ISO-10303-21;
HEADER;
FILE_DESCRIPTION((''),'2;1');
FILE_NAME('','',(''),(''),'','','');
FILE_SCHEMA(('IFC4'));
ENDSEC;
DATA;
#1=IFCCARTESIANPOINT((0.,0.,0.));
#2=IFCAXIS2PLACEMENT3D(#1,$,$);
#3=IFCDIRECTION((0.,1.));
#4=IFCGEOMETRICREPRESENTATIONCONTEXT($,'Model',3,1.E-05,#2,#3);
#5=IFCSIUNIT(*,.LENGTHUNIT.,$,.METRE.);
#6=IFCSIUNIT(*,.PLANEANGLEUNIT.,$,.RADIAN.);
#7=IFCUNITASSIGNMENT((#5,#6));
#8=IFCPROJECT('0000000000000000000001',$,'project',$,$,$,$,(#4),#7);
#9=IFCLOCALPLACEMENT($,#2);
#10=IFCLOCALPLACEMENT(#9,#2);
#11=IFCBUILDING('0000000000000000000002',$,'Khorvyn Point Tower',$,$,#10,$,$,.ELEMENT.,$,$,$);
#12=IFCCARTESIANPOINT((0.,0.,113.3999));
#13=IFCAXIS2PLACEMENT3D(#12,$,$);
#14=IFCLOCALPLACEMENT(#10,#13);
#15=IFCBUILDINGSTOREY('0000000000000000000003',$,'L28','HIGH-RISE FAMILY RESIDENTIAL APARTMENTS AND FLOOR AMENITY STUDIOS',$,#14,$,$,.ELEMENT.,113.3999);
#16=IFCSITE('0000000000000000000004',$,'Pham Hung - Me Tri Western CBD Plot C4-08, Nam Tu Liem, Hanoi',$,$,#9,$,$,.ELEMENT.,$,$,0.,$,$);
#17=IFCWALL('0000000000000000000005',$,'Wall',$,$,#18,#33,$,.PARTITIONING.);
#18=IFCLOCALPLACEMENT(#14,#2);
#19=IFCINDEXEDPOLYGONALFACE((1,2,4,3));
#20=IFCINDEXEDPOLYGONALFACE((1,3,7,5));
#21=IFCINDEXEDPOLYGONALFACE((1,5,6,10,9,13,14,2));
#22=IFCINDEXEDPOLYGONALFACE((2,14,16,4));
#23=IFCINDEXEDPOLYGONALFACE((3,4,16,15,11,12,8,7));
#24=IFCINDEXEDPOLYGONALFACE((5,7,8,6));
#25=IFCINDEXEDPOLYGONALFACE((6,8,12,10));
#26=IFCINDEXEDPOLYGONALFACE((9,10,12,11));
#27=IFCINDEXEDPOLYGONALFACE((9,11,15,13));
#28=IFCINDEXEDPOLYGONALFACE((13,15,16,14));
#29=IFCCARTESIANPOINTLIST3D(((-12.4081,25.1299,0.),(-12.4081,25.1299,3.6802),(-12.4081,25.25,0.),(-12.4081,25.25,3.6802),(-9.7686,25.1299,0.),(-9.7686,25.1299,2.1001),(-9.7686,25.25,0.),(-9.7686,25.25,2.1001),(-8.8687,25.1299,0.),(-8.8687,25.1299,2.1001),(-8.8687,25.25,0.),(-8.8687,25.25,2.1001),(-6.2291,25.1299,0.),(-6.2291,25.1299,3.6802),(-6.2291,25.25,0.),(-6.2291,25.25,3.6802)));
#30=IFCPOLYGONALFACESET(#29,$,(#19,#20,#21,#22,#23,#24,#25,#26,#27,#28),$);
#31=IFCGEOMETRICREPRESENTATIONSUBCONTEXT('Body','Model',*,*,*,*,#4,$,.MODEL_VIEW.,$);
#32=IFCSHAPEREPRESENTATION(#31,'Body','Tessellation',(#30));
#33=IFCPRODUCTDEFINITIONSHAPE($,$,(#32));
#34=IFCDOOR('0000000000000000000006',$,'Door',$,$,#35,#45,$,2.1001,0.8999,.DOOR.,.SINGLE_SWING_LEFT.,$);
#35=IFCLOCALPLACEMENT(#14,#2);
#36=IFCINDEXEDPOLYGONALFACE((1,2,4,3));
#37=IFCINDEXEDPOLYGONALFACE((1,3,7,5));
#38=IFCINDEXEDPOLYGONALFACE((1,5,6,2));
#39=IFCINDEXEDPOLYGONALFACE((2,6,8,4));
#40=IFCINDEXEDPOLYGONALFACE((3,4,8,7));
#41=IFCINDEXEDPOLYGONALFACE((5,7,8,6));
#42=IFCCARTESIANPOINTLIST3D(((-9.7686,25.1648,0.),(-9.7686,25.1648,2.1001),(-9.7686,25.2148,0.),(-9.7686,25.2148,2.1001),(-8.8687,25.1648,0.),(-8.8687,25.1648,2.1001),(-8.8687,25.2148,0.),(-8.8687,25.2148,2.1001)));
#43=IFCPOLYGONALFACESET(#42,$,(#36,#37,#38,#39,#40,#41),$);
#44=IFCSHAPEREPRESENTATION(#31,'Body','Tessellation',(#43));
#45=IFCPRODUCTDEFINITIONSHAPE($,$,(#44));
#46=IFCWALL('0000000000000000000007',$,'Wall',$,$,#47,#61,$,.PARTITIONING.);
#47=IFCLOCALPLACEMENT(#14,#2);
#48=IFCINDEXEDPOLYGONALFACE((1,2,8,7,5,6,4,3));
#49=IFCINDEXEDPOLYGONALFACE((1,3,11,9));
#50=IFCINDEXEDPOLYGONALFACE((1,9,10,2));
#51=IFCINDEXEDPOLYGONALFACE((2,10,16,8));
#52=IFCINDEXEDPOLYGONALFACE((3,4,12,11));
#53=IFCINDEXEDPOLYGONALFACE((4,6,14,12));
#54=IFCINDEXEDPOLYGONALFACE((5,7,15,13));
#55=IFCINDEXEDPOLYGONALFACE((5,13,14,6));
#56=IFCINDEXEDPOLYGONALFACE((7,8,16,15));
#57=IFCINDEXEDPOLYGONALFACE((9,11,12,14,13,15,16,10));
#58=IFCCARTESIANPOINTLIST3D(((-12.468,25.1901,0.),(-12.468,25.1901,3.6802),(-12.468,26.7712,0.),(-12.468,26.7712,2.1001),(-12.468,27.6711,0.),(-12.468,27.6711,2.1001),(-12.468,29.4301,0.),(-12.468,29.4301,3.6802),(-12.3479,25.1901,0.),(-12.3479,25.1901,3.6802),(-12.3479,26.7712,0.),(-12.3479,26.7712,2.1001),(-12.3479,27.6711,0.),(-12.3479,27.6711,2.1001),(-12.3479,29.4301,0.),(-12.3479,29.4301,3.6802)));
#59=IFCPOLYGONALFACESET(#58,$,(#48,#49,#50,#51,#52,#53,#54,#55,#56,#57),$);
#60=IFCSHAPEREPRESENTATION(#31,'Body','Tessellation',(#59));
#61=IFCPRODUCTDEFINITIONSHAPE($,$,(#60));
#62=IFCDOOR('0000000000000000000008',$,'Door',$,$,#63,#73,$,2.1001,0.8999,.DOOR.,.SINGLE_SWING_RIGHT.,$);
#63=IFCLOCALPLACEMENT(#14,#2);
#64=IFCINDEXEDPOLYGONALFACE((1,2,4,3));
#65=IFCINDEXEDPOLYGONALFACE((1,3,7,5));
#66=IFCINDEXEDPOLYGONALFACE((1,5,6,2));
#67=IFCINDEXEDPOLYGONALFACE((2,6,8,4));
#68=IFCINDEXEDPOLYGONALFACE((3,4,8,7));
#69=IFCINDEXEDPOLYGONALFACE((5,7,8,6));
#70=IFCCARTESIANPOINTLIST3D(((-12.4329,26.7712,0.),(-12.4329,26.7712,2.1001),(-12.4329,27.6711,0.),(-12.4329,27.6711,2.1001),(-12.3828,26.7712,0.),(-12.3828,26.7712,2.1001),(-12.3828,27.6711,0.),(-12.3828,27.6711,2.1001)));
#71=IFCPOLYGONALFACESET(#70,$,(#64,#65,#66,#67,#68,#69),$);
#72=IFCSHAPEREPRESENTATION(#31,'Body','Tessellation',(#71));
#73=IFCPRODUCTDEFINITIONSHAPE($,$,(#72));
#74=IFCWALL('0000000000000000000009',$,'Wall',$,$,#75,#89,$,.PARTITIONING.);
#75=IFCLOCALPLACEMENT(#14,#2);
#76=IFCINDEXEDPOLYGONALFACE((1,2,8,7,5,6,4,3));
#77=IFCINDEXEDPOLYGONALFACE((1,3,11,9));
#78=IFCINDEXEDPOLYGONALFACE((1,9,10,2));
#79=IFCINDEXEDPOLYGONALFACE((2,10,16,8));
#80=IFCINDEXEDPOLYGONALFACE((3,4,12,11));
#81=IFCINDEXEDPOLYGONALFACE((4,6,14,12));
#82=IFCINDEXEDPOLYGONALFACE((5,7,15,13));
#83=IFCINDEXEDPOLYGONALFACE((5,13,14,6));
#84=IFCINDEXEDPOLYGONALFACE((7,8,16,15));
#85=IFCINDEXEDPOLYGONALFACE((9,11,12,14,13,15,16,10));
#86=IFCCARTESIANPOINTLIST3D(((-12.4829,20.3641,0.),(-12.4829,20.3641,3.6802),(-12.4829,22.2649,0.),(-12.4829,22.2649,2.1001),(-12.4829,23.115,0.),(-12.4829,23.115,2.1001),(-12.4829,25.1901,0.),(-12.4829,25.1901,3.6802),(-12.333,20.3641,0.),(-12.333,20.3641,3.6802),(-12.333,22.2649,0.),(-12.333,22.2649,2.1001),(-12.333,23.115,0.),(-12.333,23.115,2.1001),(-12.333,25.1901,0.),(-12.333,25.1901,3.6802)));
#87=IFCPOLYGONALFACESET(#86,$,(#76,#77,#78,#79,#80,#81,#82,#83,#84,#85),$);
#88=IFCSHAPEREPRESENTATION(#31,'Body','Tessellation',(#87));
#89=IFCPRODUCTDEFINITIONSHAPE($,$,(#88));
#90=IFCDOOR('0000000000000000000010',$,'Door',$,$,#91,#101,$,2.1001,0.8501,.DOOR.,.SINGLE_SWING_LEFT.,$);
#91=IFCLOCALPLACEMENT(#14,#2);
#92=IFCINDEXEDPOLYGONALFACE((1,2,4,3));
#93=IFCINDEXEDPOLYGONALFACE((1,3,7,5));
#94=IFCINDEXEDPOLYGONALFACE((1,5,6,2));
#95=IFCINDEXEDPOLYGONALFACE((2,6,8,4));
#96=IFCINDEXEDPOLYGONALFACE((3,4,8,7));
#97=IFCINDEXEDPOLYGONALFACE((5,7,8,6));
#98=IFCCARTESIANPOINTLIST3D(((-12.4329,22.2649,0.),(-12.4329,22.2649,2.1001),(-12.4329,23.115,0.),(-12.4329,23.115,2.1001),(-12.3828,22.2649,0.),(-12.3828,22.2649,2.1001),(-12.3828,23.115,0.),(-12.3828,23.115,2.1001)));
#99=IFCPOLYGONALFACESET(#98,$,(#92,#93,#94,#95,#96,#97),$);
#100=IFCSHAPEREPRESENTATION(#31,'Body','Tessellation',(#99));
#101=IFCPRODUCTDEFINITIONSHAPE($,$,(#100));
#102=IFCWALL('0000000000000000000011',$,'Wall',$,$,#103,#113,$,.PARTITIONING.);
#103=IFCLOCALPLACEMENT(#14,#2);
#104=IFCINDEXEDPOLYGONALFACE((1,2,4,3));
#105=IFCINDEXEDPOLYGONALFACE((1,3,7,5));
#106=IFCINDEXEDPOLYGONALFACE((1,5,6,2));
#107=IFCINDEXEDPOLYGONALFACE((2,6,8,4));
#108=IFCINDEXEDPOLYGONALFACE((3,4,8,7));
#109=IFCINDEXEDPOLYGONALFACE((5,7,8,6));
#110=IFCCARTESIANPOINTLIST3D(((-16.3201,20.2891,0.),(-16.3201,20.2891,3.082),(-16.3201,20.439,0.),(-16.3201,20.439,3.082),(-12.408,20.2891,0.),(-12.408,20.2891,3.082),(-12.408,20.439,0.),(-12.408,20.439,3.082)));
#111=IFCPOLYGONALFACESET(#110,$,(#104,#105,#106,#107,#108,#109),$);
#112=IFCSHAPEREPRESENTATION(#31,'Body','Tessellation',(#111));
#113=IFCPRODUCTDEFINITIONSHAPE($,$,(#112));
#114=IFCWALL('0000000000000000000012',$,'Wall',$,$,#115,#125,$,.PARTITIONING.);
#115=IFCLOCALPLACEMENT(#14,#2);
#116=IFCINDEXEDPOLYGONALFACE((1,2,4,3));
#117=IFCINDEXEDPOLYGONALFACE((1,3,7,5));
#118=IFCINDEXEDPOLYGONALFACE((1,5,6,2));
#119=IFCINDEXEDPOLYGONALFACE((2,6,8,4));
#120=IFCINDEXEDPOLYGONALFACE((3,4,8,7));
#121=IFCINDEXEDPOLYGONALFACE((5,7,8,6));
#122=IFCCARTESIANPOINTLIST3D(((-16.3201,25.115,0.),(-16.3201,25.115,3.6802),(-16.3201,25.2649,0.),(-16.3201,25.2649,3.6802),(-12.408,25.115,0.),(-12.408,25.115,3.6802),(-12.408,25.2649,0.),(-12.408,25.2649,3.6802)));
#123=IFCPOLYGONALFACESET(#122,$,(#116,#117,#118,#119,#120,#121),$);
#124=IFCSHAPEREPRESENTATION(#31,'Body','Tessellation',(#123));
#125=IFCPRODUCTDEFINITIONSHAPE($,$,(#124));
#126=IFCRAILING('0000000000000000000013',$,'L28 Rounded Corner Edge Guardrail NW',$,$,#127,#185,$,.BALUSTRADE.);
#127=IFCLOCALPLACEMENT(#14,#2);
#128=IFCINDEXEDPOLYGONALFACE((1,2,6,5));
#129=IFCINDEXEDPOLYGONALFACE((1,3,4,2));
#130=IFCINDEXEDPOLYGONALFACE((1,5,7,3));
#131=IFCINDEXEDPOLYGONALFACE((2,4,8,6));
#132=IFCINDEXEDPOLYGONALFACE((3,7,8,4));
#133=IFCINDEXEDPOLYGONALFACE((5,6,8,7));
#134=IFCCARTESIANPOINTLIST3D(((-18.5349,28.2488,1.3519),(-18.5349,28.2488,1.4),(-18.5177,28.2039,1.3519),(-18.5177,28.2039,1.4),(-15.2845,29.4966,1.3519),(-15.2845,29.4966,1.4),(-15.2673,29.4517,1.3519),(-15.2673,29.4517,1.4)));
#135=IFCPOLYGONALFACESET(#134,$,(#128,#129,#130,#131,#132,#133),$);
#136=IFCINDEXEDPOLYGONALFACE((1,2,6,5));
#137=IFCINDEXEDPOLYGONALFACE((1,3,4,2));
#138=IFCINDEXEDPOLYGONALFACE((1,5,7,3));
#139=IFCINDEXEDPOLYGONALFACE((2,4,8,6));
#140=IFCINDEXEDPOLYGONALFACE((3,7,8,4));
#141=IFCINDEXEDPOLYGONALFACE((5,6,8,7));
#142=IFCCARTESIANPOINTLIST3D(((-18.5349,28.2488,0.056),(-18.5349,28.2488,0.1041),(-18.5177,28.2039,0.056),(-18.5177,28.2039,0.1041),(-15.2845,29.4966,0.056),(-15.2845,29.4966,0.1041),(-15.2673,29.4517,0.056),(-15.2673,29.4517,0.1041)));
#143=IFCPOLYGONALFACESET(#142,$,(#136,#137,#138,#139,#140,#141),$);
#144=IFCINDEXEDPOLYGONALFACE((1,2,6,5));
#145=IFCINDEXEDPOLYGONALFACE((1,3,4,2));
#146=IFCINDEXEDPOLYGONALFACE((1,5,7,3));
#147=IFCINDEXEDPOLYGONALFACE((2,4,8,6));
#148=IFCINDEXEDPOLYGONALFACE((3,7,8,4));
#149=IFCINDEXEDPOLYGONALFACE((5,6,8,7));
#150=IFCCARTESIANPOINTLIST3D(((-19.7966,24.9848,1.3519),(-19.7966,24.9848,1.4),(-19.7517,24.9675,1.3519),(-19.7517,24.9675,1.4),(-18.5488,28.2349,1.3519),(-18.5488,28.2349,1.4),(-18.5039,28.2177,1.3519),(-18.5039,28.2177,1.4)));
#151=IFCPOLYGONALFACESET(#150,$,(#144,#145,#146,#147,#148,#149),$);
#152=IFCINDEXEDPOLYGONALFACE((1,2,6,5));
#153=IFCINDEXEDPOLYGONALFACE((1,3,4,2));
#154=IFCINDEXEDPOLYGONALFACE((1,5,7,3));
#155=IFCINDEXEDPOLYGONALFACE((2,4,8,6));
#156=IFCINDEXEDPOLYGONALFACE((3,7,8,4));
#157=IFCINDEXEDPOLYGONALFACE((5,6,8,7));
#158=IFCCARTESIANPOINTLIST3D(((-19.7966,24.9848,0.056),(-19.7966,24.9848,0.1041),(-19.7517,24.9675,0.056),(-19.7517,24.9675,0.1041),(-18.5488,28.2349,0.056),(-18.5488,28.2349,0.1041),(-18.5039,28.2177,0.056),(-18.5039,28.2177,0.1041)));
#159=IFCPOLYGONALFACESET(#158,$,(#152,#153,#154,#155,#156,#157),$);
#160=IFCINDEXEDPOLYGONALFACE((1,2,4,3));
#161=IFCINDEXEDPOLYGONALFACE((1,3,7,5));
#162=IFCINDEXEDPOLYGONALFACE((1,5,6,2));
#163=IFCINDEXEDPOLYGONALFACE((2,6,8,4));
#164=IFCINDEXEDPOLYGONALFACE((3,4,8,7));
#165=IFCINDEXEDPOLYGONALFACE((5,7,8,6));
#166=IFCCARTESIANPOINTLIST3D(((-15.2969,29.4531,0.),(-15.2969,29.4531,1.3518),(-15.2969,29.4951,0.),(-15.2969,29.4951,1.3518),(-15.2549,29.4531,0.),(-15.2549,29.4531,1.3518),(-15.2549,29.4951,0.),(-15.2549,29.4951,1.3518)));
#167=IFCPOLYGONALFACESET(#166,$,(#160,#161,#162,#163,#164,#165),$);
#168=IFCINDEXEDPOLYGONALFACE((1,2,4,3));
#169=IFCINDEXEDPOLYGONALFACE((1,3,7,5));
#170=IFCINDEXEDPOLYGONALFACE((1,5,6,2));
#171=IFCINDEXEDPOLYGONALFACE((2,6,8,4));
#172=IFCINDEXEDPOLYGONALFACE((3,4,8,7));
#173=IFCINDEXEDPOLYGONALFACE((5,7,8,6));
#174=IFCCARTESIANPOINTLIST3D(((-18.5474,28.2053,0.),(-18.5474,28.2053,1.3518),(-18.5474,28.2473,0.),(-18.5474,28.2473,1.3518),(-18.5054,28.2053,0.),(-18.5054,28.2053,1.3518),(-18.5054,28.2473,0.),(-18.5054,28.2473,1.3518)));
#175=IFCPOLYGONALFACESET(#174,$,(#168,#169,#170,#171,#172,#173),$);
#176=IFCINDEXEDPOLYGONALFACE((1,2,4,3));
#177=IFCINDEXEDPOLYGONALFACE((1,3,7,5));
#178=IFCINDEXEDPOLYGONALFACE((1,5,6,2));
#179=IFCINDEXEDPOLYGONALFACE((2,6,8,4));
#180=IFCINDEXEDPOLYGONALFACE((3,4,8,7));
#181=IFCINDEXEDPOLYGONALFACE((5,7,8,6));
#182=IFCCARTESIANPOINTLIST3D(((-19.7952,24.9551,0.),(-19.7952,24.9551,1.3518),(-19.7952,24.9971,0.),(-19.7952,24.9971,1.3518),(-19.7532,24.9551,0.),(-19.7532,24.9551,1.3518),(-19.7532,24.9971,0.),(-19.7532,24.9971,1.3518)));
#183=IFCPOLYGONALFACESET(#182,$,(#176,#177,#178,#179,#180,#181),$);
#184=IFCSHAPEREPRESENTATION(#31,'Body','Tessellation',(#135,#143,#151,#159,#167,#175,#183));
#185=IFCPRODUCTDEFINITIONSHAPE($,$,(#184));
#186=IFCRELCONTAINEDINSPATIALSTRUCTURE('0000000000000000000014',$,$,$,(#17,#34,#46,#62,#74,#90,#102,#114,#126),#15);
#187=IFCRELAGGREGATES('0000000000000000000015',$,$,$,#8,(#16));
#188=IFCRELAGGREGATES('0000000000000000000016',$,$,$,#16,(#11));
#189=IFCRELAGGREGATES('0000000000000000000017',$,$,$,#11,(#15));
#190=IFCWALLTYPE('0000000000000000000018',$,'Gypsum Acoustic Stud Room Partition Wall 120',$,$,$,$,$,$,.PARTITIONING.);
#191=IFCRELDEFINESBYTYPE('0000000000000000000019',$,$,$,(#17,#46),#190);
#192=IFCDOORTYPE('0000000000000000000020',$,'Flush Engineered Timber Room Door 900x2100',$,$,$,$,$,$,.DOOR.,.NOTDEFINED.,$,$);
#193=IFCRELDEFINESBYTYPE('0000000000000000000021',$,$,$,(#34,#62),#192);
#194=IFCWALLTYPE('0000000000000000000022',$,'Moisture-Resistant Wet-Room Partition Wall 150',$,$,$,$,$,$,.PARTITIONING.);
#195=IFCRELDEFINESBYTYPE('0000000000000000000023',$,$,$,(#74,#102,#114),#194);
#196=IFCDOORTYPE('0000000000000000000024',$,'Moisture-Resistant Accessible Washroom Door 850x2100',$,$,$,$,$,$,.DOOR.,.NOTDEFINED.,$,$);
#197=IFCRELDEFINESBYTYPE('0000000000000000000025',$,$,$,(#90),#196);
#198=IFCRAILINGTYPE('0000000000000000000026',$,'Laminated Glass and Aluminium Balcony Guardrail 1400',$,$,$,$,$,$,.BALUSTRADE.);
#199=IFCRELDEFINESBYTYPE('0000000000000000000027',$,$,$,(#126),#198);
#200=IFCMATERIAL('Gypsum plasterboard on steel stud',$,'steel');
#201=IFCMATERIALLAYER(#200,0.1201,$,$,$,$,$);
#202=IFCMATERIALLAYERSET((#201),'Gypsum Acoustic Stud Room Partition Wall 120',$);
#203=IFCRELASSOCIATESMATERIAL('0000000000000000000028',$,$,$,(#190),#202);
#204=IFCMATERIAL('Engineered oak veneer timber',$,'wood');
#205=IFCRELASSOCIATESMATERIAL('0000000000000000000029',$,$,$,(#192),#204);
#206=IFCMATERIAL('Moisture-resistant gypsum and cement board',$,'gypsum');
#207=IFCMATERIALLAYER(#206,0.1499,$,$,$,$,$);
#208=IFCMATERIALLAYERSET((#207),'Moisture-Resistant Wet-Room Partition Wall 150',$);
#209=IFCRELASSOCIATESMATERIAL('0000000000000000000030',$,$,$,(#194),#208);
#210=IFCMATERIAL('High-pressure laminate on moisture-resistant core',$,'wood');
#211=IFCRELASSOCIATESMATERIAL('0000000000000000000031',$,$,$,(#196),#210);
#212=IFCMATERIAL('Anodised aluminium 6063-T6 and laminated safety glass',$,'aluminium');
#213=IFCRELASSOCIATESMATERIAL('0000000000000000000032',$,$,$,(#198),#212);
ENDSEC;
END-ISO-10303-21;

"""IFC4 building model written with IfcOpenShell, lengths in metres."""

from ifc_helpers import new_model, si_unit, direction, frame, frame_2d, origin, origin_2d, place, context, subcontext, project, spatial, rectangle, extrude, material, layer, layer_set, type_object, element, fill, save


model = new_model("IFC4")

# Units and contexts
model_context = context("Model", 3, precision=1e-05, world=origin(), true_north=direction((0.0, 1.0)))
body_context = subcontext(model_context, "Body", "Model", "MODEL_VIEW")
ifc_project = project(units=[si_unit("LENGTHUNIT", "METRE"), si_unit("PLANEANGLEUNIT", "RADIAN")], contexts=[model_context])

# Site, building, storey
site_placement = place(None, origin())
site = spatial("IfcSite", under=ifc_project, at=site_placement, Name="Pham Hung - Me Tri Western CBD Plot C4-08, Nam Tu Liem, Hanoi", CompositionType="ELEMENT", RefElevation=0.0)
building_placement = place(site_placement, origin())
building = spatial("IfcBuilding", under=site, at=building_placement, Name="Khorvyn Point Tower", CompositionType="ELEMENT")
storey_placement = place(building_placement, frame((0.0, 0.0, 113.3999)))
storey = spatial("IfcBuildingStorey", under=building, at=storey_placement, Name="L28", Description="HIGH-RISE FAMILY RESIDENTIAL APARTMENTS AND FLOOR AMENITY STUDIOS", CompositionType="ELEMENT", Elevation=113.3999)

# Walls, openings, doors
ifc_material_1 = material(Name="Gypsum plasterboard on steel stud", Category="steel")
ifc_layer_1 = layer(ifc_material_1, 0.1201)
ifc_layer_set_1 = layer_set([ifc_layer_1], Name="Gypsum Acoustic Stud Room Partition Wall 120")
wall_type_1 = type_object("IfcWallType", Name="Gypsum Acoustic Stud Room Partition Wall 120", PredefinedType="PARTITIONING", material=ifc_layer_set_1)
wall_1_placement = place(storey_placement, frame((-12.408, 25.1899, 0.0), z_axis=(0.0, 0.0, 1.0), x_axis=(1.0, 0.0, 0.0)))
wall_1 = element("IfcWall", 1, at=wall_1_placement, inside=storey, type_object=wall_type_1, Name="Wall", PredefinedType="PARTITIONING", context=body_context, shape_type="SweptSolid", body=[
    extrude(rectangle(XDim=6.179, YDim=0.1201, at=frame_2d((3.0894, 0.0))), origin(), (0.0, 0.0, 1.0), 3.6802),
])
opening_1_placement = place(wall_1_placement, frame((2.6394, 0.0, 0.0)))
opening_1 = element("IfcOpeningElement", 2, at=opening_1_placement, cuts=wall_1, PredefinedType="OPENING", context=body_context, shape_type="SweptSolid", body=[
    extrude(rectangle(XDim=0.8999, YDim=2.1001, at=frame_2d((0.45, 1.05))), frame((0.0, 0.0701, 0.0), z_axis=(0.0, -1.0, 0.0), x_axis=(1.0, 0.0, 0.0)), (0.0, 0.0, 1.0), 0.1401),
])
ifc_material_2 = material(Name="Engineered oak veneer timber", Category="wood")
door_type_1 = type_object("IfcDoorType", Name="Flush Engineered Timber Room Door 900x2100", OperationType="NOTDEFINED", PredefinedType="DOOR", material=ifc_material_2)
door_1_placement = place(opening_1_placement, origin())
door_1 = element("IfcDoor", 3, at=door_1_placement, inside=storey, type_object=door_type_1, Name="Door", OperationType="SINGLE_SWING_LEFT", OverallHeight=2.1001, OverallWidth=0.8999, PredefinedType="DOOR", context=body_context, shape_type="SweptSolid", body=[
    extrude(rectangle(XDim=0.8999, YDim=2.1001, at=frame_2d((0.45, 1.05))), frame((0.0, 0.0249, 0.0), z_axis=(0.0, -1.0, 0.0), x_axis=(1.0, 0.0, 0.0)), (0.0, 0.0, 1.0), 0.05),
])
fill(opening_1, door_1)
wall_2_placement = place(storey_placement, frame((-12.408, 25.1899, 0.0), z_axis=(0.0, 0.0, 1.0), x_axis=(0.0, 1.0, 0.0)))
wall_2 = element("IfcWall", 4, at=wall_2_placement, inside=storey, type_object=wall_type_1, Name="Wall", PredefinedType="PARTITIONING", context=body_context, shape_type="SweptSolid", body=[
    extrude(rectangle(XDim=4.24, YDim=0.1201, at=frame_2d((2.1201, 0.0))), origin(), (0.0, 0.0, 1.0), 3.6802),
])
opening_2_placement = place(wall_2_placement, frame((1.5813, 0.0, 0.0)))
opening_2 = element("IfcOpeningElement", 5, at=opening_2_placement, cuts=wall_2, PredefinedType="OPENING", context=body_context, shape_type="SweptSolid", body=[
    extrude(rectangle(XDim=0.8999, YDim=2.1001, at=frame_2d((0.45, 1.05))), frame((0.0, 0.0701, 0.0), z_axis=(0.0, -1.0, 0.0), x_axis=(1.0, 0.0, 0.0)), (0.0, 0.0, 1.0), 0.1401),
])
door_2_placement = place(opening_2_placement, origin())
door_2 = element("IfcDoor", 6, at=door_2_placement, inside=storey, type_object=door_type_1, Name="Door", OperationType="SINGLE_SWING_RIGHT", OverallHeight=2.1001, OverallWidth=0.8999, PredefinedType="DOOR", context=body_context, shape_type="SweptSolid", body=[
    extrude(rectangle(XDim=0.8999, YDim=2.1001, at=frame_2d((0.45, 1.05))), frame((0.0, 0.0249, 0.0), z_axis=(0.0, -1.0, 0.0), x_axis=(1.0, 0.0, 0.0)), (0.0, 0.0, 1.0), 0.05),
])
fill(opening_2, door_2)
ifc_material_3 = material(Name="Moisture-resistant gypsum and cement board", Category="gypsum")
ifc_layer_2 = layer(ifc_material_3, 0.1499)
ifc_layer_set_2 = layer_set([ifc_layer_2], Name="Moisture-Resistant Wet-Room Partition Wall 150")
wall_type_2 = type_object("IfcWallType", Name="Moisture-Resistant Wet-Room Partition Wall 150", PredefinedType="PARTITIONING", material=ifc_layer_set_2)
wall_3_placement = place(storey_placement, frame((-12.408, 20.364, 0.0), z_axis=(0.0, 0.0, 1.0), x_axis=(0.0, 1.0, 0.0)))
wall_3 = element("IfcWall", 7, at=wall_3_placement, inside=storey, type_object=wall_type_2, Name="Wall", PredefinedType="PARTITIONING", context=body_context, shape_type="SweptSolid", body=[
    extrude(rectangle(XDim=4.8259, YDim=0.1499, at=frame_2d((2.4131, 0.0))), origin(), (0.0, 0.0, 1.0), 3.6802),
])
opening_3_placement = place(wall_3_placement, frame((1.9009, 0.0, 0.0)))
opening_3 = element("IfcOpeningElement", 8, at=opening_3_placement, cuts=wall_3, PredefinedType="OPENING", context=body_context, shape_type="SweptSolid", body=[
    extrude(rectangle(XDim=0.8501, YDim=2.1001, at=frame_2d((0.425, 1.05))), frame((0.0, 0.085, 0.0), z_axis=(0.0, -1.0, 0.0), x_axis=(1.0, 0.0, 0.0)), (0.0, 0.0, 1.0), 0.1699),
])
ifc_material_4 = material(Name="High-pressure laminate on moisture-resistant core", Category="wood")
door_type_2 = type_object("IfcDoorType", Name="Moisture-Resistant Accessible Washroom Door 850x2100", OperationType="NOTDEFINED", PredefinedType="DOOR", material=ifc_material_4)
door_3_placement = place(opening_3_placement, origin())
door_3 = element("IfcDoor", 9, at=door_3_placement, inside=storey, type_object=door_type_2, Name="Door", OperationType="SINGLE_SWING_LEFT", OverallHeight=2.1001, OverallWidth=0.8501, PredefinedType="DOOR", context=body_context, shape_type="SweptSolid", body=[
    extrude(rectangle(XDim=0.8501, YDim=2.1001, at=frame_2d((0.425, 1.05))), frame((0.0, 0.0249, 0.0), z_axis=(0.0, -1.0, 0.0), x_axis=(1.0, 0.0, 0.0)), (0.0, 0.0, 1.0), 0.05),
])
fill(opening_3, door_3)

# Walls
wall_4_placement = place(storey_placement, frame((-16.3201, 20.364, 0.0), z_axis=(0.0, 0.0, 1.0), x_axis=(1.0, 0.0, 0.0)))
element("IfcWall", 10, at=wall_4_placement, inside=storey, type_object=wall_type_2, Name="Wall", PredefinedType="PARTITIONING", context=body_context, shape_type="SweptSolid", body=[
    extrude(rectangle(XDim=3.9121, YDim=0.1499, at=frame_2d((1.9561, 0.0))), origin(), (0.0, 0.0, 1.0), 3.082),
])
wall_5_placement = place(storey_placement, frame((-16.3201, 25.1899, 0.0), z_axis=(0.0, 0.0, 1.0), x_axis=(1.0, 0.0, 0.0)))
element("IfcWall", 11, at=wall_5_placement, inside=storey, type_object=wall_type_2, Name="Wall", PredefinedType="PARTITIONING", context=body_context, shape_type="SweptSolid", body=[
    extrude(rectangle(XDim=3.9121, YDim=0.1499, at=frame_2d((1.9561, 0.0))), origin(), (0.0, 0.0, 1.0), 3.6802),
])

# Railing
ifc_material_5 = material(Name="Anodised aluminium 6063-T6 and laminated safety glass", Category="aluminium")
railing_type = type_object("IfcRailingType", Name="Laminated Glass and Aluminium Balcony Guardrail 1400", PredefinedType="BALUSTRADE", material=ifc_material_5)
railing_placement = place(storey_placement, frame((-15.2759, 29.4741, 0.0)))
element("IfcRailing", 12, at=railing_placement, inside=storey, type_object=railing_type, Name="L28 Rounded Corner Edge Guardrail NW", PredefinedType="BALUSTRADE", context=body_context, shape_type="SweptSolid", body=[
    extrude(rectangle(XDim=0.0481, YDim=0.0481, at=origin_2d()), frame((0.0, 0.0, 1.376), z_axis=(-0.933575, -0.358382, 0.0), x_axis=(0.358382, -0.933575, 0.0)), (0.0, 0.0, 1.0), 3.4817),
    extrude(rectangle(XDim=0.0481, YDim=0.0481, at=origin_2d()), frame((0.0, 0.0, 0.0801), z_axis=(-0.933575, -0.358382, 0.0), x_axis=(0.358382, -0.933575, 0.0)), (0.0, 0.0, 1.0), 3.4817),
    extrude(rectangle(XDim=0.0481, YDim=0.0481, at=origin_2d()), frame((-3.2505, -1.2478, 1.376), z_axis=(-0.358406, -0.933566, 0.0), x_axis=(0.933566, -0.358406, 0.0)), (0.0, 0.0, 1.0), 3.4814),
    extrude(rectangle(XDim=0.0481, YDim=0.0481, at=origin_2d()), frame((-3.2505, -1.2478, 0.0801), z_axis=(-0.358406, -0.933566, 0.0), x_axis=(0.933566, -0.358406, 0.0)), (0.0, 0.0, 1.0), 3.4814),
    extrude(rectangle(XDim=0.042, YDim=0.042, at=origin_2d()), origin(), (0.0, 0.0, 1.0), 1.3518),
    extrude(rectangle(XDim=0.042, YDim=0.042, at=origin_2d()), frame((-3.2505, -1.2478, 0.0)), (0.0, 0.0, 1.0), 1.3518),
    extrude(rectangle(XDim=0.042, YDim=0.042, at=origin_2d()), frame((-4.4983, -4.498, 0.0)), (0.0, 0.0, 1.0), 1.3518),
])

save(model, "model.ifc")
